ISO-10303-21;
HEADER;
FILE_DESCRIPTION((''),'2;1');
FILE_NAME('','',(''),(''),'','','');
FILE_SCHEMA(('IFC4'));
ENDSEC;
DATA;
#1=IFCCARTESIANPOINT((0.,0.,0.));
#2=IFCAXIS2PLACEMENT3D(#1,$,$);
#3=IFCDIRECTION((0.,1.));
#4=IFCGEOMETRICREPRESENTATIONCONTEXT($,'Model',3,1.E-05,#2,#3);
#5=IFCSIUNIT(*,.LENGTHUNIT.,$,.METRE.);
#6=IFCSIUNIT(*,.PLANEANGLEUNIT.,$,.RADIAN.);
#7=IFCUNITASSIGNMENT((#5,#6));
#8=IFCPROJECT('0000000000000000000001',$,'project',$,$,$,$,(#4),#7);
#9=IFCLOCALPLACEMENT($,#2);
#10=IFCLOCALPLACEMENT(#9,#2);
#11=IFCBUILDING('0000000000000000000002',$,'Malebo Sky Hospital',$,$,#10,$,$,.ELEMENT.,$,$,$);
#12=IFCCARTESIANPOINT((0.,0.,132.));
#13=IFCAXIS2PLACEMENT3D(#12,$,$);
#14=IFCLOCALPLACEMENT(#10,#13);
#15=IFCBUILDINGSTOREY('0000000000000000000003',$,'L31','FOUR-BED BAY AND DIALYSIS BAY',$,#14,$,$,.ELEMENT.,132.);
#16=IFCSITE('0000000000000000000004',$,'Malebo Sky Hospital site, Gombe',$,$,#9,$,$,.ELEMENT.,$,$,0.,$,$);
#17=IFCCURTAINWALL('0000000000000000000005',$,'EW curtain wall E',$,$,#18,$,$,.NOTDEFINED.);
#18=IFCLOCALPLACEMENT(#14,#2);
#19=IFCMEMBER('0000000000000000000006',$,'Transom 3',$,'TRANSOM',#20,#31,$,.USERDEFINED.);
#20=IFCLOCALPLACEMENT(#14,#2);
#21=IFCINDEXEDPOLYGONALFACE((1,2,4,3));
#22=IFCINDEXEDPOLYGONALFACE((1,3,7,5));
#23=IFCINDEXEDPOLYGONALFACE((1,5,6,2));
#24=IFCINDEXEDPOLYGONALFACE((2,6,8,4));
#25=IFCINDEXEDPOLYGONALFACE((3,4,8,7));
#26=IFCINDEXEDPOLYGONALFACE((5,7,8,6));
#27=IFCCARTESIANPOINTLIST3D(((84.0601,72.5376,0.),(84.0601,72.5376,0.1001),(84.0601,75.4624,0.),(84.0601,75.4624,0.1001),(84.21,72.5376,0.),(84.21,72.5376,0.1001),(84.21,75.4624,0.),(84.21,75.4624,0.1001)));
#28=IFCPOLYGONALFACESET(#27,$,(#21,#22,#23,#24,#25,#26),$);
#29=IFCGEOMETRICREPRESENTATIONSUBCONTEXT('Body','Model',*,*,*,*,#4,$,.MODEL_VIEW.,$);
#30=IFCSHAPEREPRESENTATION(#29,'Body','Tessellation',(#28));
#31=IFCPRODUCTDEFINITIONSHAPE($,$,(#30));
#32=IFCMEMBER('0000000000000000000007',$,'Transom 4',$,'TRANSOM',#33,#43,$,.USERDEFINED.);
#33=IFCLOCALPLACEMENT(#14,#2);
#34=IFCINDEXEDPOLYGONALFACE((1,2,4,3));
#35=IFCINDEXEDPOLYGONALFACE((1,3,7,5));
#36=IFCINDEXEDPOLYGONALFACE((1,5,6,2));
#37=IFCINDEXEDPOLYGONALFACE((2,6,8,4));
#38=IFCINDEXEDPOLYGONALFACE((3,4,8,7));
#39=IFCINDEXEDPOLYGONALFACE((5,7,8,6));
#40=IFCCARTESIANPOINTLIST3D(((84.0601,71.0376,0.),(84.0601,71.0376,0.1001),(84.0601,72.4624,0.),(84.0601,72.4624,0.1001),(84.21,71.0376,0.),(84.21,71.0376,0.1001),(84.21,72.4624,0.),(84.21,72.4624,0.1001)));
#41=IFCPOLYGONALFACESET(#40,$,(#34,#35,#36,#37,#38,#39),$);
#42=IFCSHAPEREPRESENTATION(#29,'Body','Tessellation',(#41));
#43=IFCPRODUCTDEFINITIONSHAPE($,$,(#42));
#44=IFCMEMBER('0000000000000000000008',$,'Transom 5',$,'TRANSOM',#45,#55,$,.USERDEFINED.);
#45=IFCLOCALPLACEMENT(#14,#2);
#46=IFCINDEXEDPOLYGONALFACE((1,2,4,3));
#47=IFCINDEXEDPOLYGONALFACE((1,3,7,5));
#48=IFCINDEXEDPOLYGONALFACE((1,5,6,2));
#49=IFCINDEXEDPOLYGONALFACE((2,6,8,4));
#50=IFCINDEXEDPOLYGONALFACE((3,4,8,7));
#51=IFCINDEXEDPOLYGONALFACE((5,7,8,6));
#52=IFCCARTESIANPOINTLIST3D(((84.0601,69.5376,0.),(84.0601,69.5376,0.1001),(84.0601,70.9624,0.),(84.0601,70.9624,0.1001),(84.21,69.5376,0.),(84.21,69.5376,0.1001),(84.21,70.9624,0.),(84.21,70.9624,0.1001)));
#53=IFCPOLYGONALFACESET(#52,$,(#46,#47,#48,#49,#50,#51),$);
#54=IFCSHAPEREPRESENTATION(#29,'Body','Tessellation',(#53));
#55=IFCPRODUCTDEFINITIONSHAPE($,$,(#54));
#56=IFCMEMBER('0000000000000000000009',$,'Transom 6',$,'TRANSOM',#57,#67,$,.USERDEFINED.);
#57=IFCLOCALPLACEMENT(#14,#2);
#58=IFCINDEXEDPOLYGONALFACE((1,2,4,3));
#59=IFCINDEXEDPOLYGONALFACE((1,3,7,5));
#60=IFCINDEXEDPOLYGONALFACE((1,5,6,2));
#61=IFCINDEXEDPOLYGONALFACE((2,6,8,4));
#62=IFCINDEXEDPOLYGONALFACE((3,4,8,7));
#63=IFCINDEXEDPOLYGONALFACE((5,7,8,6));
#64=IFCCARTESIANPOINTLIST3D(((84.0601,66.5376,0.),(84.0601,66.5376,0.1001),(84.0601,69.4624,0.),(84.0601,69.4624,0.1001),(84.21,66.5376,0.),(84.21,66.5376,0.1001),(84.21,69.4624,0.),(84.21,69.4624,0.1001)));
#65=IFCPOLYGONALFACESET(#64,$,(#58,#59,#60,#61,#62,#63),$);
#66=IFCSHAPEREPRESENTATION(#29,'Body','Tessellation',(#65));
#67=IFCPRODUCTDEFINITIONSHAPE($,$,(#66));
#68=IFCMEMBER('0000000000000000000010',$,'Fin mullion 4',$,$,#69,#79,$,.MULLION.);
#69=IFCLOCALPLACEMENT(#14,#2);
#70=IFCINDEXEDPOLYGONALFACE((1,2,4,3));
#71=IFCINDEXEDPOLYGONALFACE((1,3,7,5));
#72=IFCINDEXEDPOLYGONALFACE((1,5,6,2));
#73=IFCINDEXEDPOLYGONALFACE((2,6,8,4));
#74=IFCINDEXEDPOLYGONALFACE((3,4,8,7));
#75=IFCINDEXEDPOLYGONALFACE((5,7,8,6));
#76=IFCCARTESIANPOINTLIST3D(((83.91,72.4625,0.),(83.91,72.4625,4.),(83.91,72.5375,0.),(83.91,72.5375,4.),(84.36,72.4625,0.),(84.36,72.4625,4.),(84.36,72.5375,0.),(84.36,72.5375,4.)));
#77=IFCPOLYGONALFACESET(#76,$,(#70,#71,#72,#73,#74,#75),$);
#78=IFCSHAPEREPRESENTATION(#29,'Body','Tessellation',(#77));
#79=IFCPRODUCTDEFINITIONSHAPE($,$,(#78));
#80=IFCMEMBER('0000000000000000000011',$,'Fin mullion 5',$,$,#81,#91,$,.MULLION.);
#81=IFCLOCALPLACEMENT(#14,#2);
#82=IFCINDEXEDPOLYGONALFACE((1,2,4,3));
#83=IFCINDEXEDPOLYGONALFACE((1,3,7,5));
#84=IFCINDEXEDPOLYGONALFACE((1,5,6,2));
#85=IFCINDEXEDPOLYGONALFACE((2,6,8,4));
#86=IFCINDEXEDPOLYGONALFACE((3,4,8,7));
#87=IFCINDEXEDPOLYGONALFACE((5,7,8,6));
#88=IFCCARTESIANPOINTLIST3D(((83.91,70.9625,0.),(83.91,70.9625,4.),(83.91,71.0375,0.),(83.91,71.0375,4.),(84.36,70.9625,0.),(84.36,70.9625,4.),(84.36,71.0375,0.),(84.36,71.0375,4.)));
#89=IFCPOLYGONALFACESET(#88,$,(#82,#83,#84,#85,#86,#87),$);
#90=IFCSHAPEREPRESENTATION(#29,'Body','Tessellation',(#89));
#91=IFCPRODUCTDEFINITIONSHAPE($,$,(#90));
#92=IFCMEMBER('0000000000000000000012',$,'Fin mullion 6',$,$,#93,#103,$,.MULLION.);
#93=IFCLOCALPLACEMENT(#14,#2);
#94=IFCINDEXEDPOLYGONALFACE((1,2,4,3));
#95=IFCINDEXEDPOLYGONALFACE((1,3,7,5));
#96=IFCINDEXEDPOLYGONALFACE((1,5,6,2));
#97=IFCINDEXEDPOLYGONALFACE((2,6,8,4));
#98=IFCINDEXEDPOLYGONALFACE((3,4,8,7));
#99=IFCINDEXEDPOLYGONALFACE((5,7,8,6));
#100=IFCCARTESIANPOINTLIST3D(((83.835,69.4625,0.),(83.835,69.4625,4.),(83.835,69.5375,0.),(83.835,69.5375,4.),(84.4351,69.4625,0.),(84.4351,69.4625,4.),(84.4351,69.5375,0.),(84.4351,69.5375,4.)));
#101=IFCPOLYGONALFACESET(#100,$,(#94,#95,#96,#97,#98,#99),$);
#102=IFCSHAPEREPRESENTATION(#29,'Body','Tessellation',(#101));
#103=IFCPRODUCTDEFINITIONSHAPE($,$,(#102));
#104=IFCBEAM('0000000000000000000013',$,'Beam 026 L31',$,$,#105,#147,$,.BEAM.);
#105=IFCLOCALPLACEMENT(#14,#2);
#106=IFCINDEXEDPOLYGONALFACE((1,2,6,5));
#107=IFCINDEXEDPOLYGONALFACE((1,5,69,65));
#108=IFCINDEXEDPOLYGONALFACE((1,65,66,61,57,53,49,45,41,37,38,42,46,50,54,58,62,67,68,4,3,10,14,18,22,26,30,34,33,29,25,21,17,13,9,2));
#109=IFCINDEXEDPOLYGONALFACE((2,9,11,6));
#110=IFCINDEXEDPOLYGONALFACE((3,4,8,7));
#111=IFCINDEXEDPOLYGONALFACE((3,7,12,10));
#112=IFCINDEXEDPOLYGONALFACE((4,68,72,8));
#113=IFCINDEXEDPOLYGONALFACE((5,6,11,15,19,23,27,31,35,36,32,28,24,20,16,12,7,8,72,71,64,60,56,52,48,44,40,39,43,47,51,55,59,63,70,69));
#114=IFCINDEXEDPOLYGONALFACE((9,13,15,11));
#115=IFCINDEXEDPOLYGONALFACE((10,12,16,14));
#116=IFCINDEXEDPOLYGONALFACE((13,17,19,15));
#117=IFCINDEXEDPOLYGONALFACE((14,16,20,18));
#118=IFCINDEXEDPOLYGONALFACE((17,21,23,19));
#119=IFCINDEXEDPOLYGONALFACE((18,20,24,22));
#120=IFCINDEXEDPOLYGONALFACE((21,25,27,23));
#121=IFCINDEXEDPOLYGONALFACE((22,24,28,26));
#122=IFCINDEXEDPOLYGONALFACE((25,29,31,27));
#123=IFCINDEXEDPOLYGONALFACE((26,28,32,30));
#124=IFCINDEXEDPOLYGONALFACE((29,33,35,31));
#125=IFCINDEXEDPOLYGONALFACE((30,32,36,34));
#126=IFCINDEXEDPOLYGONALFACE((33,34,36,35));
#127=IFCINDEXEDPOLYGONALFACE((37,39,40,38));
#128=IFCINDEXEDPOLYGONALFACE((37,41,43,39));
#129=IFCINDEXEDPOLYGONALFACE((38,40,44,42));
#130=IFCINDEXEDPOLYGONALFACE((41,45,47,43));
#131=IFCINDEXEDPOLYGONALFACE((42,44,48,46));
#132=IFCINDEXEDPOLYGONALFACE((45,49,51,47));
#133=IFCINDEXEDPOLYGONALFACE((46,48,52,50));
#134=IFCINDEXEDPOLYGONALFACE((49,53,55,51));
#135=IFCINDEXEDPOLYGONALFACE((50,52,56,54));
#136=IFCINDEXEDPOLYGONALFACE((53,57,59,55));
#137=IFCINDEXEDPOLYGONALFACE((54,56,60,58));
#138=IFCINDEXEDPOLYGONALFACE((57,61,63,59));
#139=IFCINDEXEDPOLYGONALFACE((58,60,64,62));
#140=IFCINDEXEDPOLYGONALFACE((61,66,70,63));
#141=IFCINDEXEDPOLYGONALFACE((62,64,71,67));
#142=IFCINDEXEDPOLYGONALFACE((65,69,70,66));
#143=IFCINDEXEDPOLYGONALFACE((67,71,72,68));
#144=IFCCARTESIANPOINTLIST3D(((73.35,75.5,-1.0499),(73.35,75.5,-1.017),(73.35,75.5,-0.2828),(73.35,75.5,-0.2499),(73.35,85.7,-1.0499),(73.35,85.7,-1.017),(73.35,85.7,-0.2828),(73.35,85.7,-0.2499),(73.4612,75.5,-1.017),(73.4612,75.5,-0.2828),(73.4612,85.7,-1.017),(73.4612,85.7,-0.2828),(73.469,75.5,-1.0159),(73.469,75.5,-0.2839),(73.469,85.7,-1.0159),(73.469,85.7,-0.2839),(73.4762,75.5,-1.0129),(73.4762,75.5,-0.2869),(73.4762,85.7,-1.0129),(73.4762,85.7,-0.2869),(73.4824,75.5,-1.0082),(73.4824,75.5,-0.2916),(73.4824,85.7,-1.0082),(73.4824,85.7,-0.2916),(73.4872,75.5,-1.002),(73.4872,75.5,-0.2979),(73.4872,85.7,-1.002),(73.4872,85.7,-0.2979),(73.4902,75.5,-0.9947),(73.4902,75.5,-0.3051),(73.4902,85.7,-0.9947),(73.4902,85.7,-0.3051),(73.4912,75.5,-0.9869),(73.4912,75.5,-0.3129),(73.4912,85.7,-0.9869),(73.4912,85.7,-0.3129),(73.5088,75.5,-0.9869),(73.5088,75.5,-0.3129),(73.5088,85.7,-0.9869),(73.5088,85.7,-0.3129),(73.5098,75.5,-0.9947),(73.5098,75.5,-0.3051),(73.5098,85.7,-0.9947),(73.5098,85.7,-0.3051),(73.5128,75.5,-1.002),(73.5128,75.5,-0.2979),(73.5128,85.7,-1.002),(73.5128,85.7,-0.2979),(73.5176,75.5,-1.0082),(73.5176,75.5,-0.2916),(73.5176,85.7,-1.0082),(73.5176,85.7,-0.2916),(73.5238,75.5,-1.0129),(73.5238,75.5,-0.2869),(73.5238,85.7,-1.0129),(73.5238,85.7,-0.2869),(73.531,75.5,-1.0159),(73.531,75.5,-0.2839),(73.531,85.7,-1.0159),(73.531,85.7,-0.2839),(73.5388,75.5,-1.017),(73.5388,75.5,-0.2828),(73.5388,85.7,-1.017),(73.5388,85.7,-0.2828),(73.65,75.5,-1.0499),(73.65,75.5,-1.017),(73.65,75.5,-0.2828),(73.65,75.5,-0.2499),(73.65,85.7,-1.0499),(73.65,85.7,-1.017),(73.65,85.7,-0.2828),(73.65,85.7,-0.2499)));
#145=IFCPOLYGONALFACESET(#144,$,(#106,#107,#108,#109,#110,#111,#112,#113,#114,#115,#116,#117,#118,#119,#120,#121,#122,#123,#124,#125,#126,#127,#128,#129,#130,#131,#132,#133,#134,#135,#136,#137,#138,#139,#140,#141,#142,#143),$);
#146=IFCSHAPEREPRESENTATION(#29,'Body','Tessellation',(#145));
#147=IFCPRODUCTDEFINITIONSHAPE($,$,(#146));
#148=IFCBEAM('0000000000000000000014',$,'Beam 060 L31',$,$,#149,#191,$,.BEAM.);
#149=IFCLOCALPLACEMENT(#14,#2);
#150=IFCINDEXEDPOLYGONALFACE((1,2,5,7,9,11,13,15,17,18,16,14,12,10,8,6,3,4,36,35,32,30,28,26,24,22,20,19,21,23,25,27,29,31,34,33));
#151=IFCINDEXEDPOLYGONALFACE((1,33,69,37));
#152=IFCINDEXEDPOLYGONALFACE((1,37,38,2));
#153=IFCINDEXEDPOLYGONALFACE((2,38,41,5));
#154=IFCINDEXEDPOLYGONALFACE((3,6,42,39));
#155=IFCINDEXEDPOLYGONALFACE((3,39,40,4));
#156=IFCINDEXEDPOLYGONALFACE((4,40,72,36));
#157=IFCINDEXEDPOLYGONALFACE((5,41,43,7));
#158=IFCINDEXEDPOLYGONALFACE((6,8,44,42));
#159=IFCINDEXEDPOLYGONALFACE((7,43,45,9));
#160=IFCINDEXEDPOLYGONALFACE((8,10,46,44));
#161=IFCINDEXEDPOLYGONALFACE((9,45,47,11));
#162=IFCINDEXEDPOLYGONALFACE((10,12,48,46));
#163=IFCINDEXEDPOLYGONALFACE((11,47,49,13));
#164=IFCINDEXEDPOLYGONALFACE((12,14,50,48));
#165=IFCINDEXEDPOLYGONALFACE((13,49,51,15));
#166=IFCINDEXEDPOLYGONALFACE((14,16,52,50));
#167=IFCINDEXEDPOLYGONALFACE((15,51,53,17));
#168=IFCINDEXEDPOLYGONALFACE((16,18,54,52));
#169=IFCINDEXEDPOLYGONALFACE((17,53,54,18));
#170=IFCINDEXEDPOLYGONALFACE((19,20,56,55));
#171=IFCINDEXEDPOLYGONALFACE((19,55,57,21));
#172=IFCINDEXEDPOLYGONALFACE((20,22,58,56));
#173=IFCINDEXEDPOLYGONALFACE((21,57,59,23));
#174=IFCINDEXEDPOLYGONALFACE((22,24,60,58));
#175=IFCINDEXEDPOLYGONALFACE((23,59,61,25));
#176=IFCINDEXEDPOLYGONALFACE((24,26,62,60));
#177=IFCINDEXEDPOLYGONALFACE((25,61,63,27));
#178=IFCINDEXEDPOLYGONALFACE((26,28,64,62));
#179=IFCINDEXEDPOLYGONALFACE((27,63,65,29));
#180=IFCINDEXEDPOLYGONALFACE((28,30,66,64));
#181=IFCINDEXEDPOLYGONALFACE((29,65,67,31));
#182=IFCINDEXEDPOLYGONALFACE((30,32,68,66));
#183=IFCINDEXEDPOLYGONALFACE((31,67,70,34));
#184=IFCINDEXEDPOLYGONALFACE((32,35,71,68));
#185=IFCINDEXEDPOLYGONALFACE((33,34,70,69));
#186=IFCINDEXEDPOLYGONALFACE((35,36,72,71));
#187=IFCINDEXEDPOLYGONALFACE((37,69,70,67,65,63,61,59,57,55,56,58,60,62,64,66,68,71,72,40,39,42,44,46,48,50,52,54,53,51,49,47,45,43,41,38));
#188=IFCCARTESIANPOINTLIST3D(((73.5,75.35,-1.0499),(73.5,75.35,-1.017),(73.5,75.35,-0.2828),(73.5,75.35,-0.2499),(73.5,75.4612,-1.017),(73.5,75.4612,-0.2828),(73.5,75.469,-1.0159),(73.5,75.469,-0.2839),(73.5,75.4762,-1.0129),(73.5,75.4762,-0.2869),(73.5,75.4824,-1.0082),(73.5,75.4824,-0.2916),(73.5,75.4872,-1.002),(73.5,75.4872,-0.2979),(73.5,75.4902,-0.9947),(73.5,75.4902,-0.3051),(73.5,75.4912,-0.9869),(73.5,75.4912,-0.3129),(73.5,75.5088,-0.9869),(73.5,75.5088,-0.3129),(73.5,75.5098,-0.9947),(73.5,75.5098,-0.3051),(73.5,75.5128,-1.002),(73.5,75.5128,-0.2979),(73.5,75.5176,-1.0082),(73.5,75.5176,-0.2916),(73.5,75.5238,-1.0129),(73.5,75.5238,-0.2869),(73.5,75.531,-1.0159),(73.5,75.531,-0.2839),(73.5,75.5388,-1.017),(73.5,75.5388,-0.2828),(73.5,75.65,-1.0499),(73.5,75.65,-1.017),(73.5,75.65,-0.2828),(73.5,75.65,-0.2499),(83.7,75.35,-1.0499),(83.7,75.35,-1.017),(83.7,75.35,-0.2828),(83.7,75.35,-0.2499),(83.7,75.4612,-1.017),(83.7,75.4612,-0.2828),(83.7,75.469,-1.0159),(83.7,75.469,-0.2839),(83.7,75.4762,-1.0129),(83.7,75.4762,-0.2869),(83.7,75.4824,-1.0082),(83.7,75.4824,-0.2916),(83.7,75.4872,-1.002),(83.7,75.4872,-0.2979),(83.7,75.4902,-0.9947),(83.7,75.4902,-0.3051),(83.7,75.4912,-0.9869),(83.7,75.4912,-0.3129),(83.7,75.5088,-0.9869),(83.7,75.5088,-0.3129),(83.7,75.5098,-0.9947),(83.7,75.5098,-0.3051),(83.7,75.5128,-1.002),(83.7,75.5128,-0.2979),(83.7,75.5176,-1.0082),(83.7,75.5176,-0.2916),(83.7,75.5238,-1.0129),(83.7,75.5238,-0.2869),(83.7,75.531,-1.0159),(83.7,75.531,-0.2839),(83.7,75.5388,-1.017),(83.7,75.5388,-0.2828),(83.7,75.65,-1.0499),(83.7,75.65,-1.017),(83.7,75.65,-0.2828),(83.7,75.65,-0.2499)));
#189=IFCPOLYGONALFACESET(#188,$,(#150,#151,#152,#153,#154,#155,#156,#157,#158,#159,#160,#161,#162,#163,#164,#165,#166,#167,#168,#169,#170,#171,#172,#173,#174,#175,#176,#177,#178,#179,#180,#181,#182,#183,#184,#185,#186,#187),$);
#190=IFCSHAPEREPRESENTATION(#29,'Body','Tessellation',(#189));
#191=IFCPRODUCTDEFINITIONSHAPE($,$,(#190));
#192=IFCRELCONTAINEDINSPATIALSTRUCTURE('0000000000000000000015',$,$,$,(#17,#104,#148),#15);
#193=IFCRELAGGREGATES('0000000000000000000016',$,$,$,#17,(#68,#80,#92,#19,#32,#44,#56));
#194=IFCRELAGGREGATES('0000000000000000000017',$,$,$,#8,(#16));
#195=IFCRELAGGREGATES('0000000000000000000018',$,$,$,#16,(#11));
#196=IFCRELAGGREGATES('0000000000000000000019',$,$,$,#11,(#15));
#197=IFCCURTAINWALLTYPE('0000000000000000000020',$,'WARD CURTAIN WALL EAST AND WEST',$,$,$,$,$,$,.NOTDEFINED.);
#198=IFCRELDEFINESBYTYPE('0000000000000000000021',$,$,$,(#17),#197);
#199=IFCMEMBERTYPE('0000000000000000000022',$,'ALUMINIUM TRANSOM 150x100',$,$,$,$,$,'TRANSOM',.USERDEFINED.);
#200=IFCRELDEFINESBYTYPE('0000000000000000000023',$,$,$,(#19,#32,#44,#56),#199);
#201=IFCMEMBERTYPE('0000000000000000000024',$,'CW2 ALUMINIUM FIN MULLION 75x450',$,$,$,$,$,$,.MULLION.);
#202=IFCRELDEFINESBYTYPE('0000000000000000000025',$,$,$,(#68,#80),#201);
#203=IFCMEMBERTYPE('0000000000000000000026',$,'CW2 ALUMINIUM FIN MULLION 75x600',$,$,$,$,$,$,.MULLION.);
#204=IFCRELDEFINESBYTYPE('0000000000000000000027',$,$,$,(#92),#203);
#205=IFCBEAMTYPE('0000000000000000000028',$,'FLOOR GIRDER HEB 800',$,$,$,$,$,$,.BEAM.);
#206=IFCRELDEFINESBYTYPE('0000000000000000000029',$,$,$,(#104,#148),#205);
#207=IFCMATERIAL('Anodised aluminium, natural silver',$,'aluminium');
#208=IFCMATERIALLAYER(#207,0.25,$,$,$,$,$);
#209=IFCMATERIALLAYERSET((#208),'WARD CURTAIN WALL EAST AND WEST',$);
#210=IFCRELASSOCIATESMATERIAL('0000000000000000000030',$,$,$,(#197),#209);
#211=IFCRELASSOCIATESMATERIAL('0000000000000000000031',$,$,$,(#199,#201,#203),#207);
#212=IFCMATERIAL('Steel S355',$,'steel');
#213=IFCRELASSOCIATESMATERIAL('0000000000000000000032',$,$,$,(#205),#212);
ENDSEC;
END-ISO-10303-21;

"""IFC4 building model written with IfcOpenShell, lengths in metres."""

from ifc_helpers import new_model, si_unit, direction, frame, origin, origin_2d, place, context, subcontext, project, spatial, rectangle, i_section, extrude, material, layer, layer_set, material_profile, profile_set, type_object, element, aggregate, save


model = new_model("IFC4")

# Units and contexts
model_context = context("Model", 3, precision=1e-05, world=origin(), true_north=direction((0.0, 1.0)))
body_context = subcontext(model_context, "Body", "Model", "MODEL_VIEW")
ifc_project = project(units=[si_unit("LENGTHUNIT", "METRE"), si_unit("PLANEANGLEUNIT", "RADIAN")], contexts=[model_context])

# Site, building, storey
site_placement = place(None, origin())
site = spatial("IfcSite", under=ifc_project, at=site_placement, Name="Malebo Sky Hospital site, Gombe", CompositionType="ELEMENT", RefElevation=0.0)
building_placement = place(site_placement, origin())
building = spatial("IfcBuilding", under=site, at=building_placement, Name="Malebo Sky Hospital", CompositionType="ELEMENT")
storey_placement = place(building_placement, frame((0.0, 0.0, 132.0)))
storey = spatial("IfcBuildingStorey", under=building, at=storey_placement, Name="L31", Description="FOUR-BED BAY AND DIALYSIS BAY", CompositionType="ELEMENT", Elevation=132.0)

# Curtain wall, members
ifc_material_1 = material(Name="Anodised aluminium, natural silver", Category="aluminium")
ifc_layer_1 = layer(ifc_material_1, 0.25)
ifc_layer_set_1 = layer_set([ifc_layer_1], Name="WARD CURTAIN WALL EAST AND WEST")
curtain_wall_type = type_object("IfcCurtainWallType", Name="WARD CURTAIN WALL EAST AND WEST", PredefinedType="NOTDEFINED", material=ifc_layer_set_1)
curtain_wall_placement = place(storey_placement, origin())
curtain_wall = element("IfcCurtainWall", 1, at=curtain_wall_placement, inside=storey, type_object=curtain_wall_type, Name="EW curtain wall E", PredefinedType="NOTDEFINED")
ifc_material_profile_1 = material_profile(ifc_material_1, rectangle(XDim=0.1499, YDim=0.1001, at=origin_2d()), Name="ALUMINIUM TRANSOM 150x100")
ifc_profile_set_1 = profile_set([ifc_material_profile_1], Name="Anodised aluminium, natural silver")
member_type_1 = type_object("IfcMemberType", Name="ALUMINIUM TRANSOM 150x100", ElementType="TRANSOM", PredefinedType="USERDEFINED", material=ifc_profile_set_1)
member_1_placement = place(storey_placement, frame((84.135, 75.4624, 0.05), z_axis=(0.0, -1.0, 0.0), x_axis=(1.0, 0.0, 0.0)))
member_1 = element("IfcMember", 2, at=member_1_placement, type_object=member_type_1, Name="Transom 3", ObjectType="TRANSOM", PredefinedType="USERDEFINED", context=body_context, shape_type="SweptSolid", body=[
    extrude(rectangle(XDim=0.1499, YDim=0.1001, at=origin_2d()), origin(), (0.0, 0.0, 1.0), 2.9248),
])
member_2_placement = place(storey_placement, frame((84.135, 72.4624, 0.05), z_axis=(0.0, -1.0, 0.0), x_axis=(1.0, 0.0, 0.0)))
member_2 = element("IfcMember", 3, at=member_2_placement, type_object=member_type_1, Name="Transom 4", ObjectType="TRANSOM", PredefinedType="USERDEFINED", context=body_context, shape_type="SweptSolid", body=[
    extrude(rectangle(XDim=0.1499, YDim=0.1001, at=origin_2d()), origin(), (0.0, 0.0, 1.0), 1.4248),
])
member_3_placement = place(storey_placement, frame((84.135, 70.9624, 0.05), z_axis=(0.0, -1.0, 0.0), x_axis=(1.0, 0.0, 0.0)))
member_3 = element("IfcMember", 4, at=member_3_placement, type_object=member_type_1, Name="Transom 5", ObjectType="TRANSOM", PredefinedType="USERDEFINED", context=body_context, shape_type="SweptSolid", body=[
    extrude(rectangle(XDim=0.1499, YDim=0.1001, at=origin_2d()), origin(), (0.0, 0.0, 1.0), 1.4248),
])
member_4_placement = place(storey_placement, frame((84.135, 69.4624, 0.05), z_axis=(0.0, -1.0, 0.0), x_axis=(1.0, 0.0, 0.0)))
member_4 = element("IfcMember", 5, at=member_4_placement, type_object=member_type_1, Name="Transom 6", ObjectType="TRANSOM", PredefinedType="USERDEFINED", context=body_context, shape_type="SweptSolid", body=[
    extrude(rectangle(XDim=0.1499, YDim=0.1001, at=origin_2d()), origin(), (0.0, 0.0, 1.0), 2.9248),
])
ifc_material_profile_2 = material_profile(ifc_material_1, rectangle(XDim=0.075, YDim=0.45, at=origin_2d()), Name="CW2 ALUMINIUM FIN MULLION 75x450")
ifc_profile_set_2 = profile_set([ifc_material_profile_2], Name="Anodised aluminium, natural silver")
member_type_2 = type_object("IfcMemberType", Name="CW2 ALUMINIUM FIN MULLION 75x450", PredefinedType="MULLION", material=ifc_profile_set_2)
member_5_placement = place(storey_placement, frame((84.135, 72.5, 0.0), z_axis=(0.0, 0.0, 1.0), x_axis=(0.0, -1.0, 0.0)))
member_5 = element("IfcMember", 6, at=member_5_placement, type_object=member_type_2, Name="Fin mullion 4", PredefinedType="MULLION", context=body_context, shape_type="SweptSolid", body=[
    extrude(rectangle(XDim=0.075, YDim=0.45, at=origin_2d()), origin(), (0.0, 0.0, 1.0), 4.0),
])
member_6_placement = place(storey_placement, frame((84.135, 71.0, 0.0), z_axis=(0.0, 0.0, 1.0), x_axis=(0.0, -1.0, 0.0)))
member_6 = element("IfcMember", 7, at=member_6_placement, type_object=member_type_2, Name="Fin mullion 5", PredefinedType="MULLION", context=body_context, shape_type="SweptSolid", body=[
    extrude(rectangle(XDim=0.075, YDim=0.45, at=origin_2d()), origin(), (0.0, 0.0, 1.0), 4.0),
])
ifc_material_profile_3 = material_profile(ifc_material_1, rectangle(XDim=0.075, YDim=0.6001, at=origin_2d()), Name="CW2 ALUMINIUM FIN MULLION 75x600")
ifc_profile_set_3 = profile_set([ifc_material_profile_3], Name="Anodised aluminium, natural silver")
member_type_3 = type_object("IfcMemberType", Name="CW2 ALUMINIUM FIN MULLION 75x600", PredefinedType="MULLION", material=ifc_profile_set_3)
member_7_placement = place(storey_placement, frame((84.135, 69.5, 0.0), z_axis=(0.0, 0.0, 1.0), x_axis=(0.0, -1.0, 0.0)))
member_7 = element("IfcMember", 8, at=member_7_placement, type_object=member_type_3, Name="Fin mullion 6", PredefinedType="MULLION", context=body_context, shape_type="SweptSolid", body=[
    extrude(rectangle(XDim=0.075, YDim=0.6001, at=origin_2d()), origin(), (0.0, 0.0, 1.0), 4.0),
])

# Beams
ifc_material_2 = material(Name="Steel S355", Category="steel")
ifc_material_profile_4 = material_profile(ifc_material_2, i_section(OverallWidth=0.3, OverallDepth=0.8, WebThickness=0.0176, FlangeThickness=0.033, FilletRadius=0.03, at=origin_2d()), Name="HEB 800")
ifc_profile_set_4 = profile_set([ifc_material_profile_4], Name="Steel S355")
beam_type = type_object("IfcBeamType", Name="FLOOR GIRDER HEB 800", PredefinedType="BEAM", material=ifc_profile_set_4)
for number, where, z_axis, x_axis, name in (
    (9, (73.5, 75.5, -0.6499), (0.0, 1.0, 0.0), (-1.0, 0.0, 0.0), "Beam 026 L31"),
    (10, (73.5, 75.5, -0.6499), (1.0, 0.0, 0.0), (0.0, 1.0, 0.0), "Beam 060 L31"),
):
    element("IfcBeam", number, at=place(storey_placement, frame(where, z_axis=z_axis, x_axis=x_axis)), inside=storey, type_object=beam_type, Name=name, PredefinedType="BEAM", context=body_context, shape_type="SweptSolid", body=[
        extrude(i_section(OverallWidth=0.3, OverallDepth=0.8, WebThickness=0.0176, FlangeThickness=0.033, FilletRadius=0.03, at=origin_2d()), origin(), (0.0, 0.0, 1.0), 10.2),
    ])

aggregate(curtain_wall, [member_5, member_6, member_7, member_1, member_2, member_3, member_4])

save(model, "model.ifc")
